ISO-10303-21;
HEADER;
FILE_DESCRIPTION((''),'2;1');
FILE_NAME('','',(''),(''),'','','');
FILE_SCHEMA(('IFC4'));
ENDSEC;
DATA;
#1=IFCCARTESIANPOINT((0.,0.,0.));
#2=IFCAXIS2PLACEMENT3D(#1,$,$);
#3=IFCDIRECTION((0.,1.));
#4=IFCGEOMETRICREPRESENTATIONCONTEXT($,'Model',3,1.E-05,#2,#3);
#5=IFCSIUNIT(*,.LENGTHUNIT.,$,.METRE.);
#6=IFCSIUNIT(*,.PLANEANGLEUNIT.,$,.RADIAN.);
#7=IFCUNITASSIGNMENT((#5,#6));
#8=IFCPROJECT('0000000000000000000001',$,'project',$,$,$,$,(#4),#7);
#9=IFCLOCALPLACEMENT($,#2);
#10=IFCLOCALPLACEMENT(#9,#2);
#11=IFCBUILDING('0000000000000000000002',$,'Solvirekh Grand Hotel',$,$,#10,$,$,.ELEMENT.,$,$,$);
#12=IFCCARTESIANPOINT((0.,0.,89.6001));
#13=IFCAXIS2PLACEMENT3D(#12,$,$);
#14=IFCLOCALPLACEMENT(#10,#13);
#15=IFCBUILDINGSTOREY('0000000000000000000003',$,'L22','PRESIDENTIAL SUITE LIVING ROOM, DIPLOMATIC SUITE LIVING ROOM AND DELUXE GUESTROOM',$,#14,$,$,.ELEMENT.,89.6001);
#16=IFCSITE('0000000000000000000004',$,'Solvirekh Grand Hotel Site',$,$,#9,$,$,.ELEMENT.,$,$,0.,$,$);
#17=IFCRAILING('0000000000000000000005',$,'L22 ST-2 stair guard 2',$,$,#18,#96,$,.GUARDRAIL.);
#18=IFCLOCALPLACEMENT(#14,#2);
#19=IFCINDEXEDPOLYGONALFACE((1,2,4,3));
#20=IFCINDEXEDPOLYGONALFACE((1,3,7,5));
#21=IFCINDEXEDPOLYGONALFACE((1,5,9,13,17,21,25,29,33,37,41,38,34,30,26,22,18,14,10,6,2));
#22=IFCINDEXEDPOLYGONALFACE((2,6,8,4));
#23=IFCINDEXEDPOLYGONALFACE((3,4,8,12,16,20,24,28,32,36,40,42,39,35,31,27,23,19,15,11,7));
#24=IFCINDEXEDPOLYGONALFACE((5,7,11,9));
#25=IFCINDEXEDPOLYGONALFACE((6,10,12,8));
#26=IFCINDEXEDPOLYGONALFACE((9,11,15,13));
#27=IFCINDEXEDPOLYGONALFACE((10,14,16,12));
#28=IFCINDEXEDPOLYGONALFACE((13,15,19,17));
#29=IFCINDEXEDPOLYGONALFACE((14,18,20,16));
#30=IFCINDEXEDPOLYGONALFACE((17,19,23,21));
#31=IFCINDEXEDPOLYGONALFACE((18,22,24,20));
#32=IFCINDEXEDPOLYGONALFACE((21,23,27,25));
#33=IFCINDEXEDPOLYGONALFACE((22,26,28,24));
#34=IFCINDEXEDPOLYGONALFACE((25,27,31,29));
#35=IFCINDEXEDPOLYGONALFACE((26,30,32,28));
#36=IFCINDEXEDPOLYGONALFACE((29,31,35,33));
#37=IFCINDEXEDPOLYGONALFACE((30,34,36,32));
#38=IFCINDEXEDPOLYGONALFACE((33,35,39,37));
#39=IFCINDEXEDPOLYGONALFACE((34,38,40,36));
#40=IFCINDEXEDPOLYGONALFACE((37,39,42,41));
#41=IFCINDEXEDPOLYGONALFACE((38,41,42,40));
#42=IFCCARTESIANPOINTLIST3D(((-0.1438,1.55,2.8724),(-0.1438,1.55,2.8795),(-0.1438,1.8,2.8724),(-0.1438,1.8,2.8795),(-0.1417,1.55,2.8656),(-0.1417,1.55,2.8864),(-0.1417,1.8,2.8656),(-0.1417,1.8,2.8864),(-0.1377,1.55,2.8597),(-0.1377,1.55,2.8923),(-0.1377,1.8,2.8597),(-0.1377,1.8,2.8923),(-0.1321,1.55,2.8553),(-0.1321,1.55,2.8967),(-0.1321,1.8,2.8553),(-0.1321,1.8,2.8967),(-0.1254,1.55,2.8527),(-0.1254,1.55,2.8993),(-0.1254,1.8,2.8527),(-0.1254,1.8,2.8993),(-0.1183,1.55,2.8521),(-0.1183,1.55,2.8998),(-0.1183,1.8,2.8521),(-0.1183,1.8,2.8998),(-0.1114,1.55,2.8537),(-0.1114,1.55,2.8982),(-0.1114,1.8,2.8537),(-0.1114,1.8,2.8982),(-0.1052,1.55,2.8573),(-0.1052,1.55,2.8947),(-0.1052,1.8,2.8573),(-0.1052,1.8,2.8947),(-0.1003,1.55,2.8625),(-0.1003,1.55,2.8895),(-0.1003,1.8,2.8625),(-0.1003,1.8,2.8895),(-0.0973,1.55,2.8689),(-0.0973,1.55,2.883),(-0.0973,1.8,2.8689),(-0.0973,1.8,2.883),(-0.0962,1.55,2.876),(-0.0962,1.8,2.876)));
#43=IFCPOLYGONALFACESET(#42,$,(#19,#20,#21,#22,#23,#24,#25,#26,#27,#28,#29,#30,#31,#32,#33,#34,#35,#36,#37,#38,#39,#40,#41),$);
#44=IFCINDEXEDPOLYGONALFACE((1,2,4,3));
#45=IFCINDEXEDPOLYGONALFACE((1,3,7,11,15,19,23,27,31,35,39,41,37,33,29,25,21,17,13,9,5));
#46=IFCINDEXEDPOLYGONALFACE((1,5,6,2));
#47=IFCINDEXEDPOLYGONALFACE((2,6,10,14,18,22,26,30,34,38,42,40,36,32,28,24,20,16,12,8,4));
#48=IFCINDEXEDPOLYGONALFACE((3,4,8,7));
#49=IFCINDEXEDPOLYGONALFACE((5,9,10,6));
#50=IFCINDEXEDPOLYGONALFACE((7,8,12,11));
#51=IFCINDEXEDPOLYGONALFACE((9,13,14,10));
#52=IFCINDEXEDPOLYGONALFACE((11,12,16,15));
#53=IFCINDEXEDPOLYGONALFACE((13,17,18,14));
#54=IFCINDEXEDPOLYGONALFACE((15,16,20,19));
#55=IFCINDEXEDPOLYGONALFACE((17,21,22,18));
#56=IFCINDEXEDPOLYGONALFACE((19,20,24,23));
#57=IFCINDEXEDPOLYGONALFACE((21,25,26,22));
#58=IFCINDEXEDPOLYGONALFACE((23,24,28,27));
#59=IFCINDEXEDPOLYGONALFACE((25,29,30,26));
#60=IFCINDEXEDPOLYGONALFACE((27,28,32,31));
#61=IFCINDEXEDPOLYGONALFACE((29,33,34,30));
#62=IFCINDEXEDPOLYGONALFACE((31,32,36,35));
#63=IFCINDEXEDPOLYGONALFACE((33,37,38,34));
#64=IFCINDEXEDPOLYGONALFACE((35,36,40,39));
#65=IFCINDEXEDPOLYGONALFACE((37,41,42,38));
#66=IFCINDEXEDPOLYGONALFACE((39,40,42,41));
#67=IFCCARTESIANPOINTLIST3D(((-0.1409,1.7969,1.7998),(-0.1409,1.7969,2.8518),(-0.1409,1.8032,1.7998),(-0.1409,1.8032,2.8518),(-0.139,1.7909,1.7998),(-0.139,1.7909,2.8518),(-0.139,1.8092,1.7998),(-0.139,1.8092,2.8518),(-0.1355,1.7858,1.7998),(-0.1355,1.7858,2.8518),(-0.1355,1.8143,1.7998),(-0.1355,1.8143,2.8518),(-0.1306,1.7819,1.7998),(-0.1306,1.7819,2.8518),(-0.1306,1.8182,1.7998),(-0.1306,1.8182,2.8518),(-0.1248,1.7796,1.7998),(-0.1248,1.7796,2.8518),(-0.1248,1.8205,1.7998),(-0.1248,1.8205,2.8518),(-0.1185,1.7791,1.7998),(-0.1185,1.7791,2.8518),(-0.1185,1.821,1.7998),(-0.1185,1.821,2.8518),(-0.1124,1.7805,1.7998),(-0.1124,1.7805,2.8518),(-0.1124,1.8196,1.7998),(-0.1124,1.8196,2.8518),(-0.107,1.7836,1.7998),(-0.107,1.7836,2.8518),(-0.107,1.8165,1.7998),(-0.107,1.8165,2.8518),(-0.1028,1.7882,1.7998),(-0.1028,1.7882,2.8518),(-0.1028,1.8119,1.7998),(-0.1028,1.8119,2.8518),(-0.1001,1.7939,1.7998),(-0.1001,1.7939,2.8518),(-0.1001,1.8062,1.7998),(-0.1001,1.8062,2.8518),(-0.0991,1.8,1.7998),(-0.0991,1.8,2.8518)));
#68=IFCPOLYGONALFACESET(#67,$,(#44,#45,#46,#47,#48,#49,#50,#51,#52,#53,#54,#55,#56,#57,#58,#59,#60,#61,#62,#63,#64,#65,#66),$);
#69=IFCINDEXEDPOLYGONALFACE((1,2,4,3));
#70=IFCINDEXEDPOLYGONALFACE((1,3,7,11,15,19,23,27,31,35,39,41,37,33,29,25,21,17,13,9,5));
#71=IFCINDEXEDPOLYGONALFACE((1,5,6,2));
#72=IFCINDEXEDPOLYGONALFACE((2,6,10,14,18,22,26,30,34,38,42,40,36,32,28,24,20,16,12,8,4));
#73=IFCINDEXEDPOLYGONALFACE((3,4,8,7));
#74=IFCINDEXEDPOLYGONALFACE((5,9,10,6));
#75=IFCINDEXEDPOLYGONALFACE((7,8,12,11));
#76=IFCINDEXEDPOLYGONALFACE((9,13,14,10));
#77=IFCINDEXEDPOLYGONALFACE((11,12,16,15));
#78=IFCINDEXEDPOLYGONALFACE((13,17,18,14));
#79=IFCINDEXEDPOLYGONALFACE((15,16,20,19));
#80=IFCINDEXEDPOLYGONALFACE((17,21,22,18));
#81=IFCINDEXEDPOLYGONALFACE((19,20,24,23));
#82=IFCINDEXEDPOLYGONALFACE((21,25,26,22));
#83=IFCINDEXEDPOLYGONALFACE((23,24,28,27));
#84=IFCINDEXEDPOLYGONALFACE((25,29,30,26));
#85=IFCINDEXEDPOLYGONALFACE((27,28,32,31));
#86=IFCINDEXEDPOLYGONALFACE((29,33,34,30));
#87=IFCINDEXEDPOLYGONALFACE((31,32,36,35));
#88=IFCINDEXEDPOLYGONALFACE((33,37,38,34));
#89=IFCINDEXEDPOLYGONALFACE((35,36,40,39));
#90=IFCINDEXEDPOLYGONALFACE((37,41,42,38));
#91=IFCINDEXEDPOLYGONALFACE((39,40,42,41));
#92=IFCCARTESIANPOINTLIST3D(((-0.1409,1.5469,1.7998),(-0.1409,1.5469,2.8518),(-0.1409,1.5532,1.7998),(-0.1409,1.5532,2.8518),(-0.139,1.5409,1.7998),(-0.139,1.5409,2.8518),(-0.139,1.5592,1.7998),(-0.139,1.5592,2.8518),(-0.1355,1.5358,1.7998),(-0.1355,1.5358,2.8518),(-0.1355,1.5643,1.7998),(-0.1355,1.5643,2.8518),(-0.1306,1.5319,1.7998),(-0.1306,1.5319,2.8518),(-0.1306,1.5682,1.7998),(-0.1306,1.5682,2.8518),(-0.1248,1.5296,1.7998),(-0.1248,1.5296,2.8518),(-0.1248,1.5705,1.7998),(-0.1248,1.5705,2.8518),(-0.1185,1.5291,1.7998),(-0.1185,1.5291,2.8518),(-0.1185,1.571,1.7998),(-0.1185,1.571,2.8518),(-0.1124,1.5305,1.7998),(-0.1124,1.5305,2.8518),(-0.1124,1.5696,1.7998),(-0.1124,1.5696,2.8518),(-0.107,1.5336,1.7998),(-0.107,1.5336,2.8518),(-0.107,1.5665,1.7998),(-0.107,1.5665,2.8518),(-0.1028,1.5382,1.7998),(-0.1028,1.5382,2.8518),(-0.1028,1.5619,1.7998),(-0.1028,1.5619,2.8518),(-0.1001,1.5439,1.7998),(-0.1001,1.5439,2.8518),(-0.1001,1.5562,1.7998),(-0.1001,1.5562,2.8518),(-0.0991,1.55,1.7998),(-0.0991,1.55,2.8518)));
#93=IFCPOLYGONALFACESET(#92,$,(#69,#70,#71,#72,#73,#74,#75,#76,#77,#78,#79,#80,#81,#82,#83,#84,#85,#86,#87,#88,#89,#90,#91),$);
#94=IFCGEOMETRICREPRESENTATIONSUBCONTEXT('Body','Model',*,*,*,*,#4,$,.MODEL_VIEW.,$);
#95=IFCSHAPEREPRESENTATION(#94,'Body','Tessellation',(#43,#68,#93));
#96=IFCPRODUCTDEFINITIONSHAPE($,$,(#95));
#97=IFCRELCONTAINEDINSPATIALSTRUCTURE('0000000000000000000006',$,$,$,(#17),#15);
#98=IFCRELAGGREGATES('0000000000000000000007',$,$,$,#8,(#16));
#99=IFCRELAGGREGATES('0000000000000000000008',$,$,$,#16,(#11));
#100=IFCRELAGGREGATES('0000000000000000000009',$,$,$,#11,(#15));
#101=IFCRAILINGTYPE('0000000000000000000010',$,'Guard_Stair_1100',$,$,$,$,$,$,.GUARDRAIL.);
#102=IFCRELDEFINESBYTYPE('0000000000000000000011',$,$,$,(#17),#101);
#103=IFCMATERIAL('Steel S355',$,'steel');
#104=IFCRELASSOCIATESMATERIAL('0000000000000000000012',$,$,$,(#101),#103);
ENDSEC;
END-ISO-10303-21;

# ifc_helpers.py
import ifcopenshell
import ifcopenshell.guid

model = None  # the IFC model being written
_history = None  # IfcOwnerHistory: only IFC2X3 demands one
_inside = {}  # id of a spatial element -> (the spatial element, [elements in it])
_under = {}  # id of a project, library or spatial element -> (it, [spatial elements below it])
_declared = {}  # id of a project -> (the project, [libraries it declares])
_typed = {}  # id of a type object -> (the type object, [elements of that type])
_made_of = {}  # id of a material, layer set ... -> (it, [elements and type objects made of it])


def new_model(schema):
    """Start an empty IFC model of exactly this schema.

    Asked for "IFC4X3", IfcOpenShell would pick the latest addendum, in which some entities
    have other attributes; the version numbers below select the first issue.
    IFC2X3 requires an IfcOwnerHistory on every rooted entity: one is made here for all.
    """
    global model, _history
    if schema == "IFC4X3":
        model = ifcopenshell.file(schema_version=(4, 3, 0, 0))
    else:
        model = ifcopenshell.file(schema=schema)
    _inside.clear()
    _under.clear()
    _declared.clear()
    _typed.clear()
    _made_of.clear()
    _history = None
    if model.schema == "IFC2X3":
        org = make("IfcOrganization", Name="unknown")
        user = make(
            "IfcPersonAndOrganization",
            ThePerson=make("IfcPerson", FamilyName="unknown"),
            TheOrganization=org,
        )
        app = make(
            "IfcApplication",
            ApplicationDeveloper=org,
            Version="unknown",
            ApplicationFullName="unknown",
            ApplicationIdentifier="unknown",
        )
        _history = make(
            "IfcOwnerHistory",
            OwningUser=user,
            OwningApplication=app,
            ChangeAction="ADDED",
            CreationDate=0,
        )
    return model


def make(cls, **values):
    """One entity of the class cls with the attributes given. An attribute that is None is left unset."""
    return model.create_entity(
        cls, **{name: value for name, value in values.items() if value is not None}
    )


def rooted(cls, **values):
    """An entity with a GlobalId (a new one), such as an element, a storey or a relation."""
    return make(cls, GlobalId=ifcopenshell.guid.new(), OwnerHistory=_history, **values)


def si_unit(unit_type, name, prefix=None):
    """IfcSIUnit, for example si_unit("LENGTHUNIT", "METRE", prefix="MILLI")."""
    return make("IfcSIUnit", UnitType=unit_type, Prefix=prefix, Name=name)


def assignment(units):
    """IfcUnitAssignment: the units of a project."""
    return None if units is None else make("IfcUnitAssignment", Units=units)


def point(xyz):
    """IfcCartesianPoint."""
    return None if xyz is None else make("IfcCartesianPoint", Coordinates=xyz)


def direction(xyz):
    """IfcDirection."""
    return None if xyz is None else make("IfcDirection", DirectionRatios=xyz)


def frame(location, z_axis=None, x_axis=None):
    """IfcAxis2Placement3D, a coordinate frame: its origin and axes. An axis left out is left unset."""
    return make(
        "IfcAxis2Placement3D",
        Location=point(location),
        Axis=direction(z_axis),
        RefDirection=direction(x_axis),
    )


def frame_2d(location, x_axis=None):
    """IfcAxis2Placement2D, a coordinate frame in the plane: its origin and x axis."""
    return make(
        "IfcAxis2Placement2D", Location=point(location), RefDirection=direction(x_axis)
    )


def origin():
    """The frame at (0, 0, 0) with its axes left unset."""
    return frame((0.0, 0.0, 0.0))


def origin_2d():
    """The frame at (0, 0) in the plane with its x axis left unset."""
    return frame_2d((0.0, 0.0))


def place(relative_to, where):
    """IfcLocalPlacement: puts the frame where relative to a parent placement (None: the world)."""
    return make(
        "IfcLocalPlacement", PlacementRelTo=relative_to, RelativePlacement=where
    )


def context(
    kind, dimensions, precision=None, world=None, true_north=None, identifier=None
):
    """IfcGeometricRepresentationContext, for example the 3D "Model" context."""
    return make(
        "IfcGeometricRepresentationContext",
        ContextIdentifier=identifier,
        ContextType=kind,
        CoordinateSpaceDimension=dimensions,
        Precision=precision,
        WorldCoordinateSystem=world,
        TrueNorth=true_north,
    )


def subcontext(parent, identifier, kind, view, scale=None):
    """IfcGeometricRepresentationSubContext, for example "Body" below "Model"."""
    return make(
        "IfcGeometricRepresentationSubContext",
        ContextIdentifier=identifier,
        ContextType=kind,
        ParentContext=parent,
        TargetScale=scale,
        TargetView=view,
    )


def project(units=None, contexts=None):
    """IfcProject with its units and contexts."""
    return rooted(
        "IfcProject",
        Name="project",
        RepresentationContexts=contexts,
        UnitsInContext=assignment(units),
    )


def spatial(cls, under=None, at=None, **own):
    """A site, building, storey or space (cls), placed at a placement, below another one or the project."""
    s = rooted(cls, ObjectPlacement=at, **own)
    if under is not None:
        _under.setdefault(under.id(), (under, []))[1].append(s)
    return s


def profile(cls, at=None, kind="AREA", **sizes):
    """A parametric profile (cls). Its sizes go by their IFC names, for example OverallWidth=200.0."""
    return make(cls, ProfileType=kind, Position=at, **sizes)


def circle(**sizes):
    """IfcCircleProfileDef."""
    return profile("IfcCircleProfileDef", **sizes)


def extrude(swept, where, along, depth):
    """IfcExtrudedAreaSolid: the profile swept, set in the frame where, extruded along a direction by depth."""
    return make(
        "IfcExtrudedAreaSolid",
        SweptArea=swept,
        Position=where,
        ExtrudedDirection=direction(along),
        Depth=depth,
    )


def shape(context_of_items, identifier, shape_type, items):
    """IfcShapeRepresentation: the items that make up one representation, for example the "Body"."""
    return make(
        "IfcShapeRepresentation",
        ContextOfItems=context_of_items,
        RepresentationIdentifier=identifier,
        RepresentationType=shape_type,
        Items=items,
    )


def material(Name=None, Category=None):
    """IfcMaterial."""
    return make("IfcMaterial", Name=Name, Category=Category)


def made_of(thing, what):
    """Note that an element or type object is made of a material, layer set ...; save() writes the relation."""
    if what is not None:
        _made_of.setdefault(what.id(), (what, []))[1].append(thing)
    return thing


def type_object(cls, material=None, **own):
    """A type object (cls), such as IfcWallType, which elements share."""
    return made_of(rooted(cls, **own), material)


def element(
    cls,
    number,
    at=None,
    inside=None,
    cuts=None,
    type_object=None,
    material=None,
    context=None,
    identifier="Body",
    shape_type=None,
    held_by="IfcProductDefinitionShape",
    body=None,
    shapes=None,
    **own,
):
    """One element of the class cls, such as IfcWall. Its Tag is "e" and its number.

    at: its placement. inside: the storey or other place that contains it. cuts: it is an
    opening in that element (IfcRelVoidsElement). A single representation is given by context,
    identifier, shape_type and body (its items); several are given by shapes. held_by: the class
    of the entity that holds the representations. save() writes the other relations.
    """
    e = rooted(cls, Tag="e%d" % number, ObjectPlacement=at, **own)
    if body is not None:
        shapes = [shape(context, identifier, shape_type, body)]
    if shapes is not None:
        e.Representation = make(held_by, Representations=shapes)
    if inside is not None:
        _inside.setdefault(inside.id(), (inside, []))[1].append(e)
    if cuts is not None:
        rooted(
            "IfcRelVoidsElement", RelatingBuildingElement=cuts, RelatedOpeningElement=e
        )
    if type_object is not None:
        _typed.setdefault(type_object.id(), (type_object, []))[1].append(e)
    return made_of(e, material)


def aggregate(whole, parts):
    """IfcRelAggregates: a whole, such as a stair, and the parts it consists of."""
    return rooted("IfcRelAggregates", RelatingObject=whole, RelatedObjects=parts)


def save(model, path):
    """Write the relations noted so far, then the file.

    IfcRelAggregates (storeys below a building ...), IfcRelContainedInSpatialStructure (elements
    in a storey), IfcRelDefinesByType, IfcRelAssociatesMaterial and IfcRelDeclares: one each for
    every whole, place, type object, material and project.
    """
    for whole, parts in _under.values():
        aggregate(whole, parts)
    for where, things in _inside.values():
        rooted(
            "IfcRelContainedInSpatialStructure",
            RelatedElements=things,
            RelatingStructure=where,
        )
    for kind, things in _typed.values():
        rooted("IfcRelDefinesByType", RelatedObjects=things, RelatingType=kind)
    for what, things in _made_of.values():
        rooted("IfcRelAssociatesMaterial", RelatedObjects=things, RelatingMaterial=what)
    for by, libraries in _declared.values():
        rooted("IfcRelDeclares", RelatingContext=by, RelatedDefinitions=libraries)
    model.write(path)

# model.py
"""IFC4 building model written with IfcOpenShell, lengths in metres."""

from ifc_helpers import new_model, si_unit, direction, frame, origin, origin_2d, place, context, subcontext, project, spatial, circle, extrude, material, type_object, element, save


model = new_model("IFC4")

# Units and contexts
model_context = context("Model", 3, precision=1e-05, world=origin(), true_north=direction((0.0, 1.0)))
body_context = subcontext(model_context, "Body", "Model", "MODEL_VIEW")
ifc_project = project(units=[si_unit("LENGTHUNIT", "METRE"), si_unit("PLANEANGLEUNIT", "RADIAN")], contexts=[model_context])

# Site, building, storey
site_placement = place(None, origin())
site = spatial("IfcSite", under=ifc_project, at=site_placement, Name="Solvirekh Grand Hotel Site", CompositionType="ELEMENT", RefElevation=0.0)
building_placement = place(site_placement, origin())
building = spatial("IfcBuilding", under=site, at=building_placement, Name="Solvirekh Grand Hotel", CompositionType="ELEMENT")
storey_placement = place(building_placement, frame((0.0, 0.0, 89.6001)))
storey = spatial("IfcBuildingStorey", under=building, at=storey_placement, Name="L22", Description="PRESIDENTIAL SUITE LIVING ROOM, DIPLOMATIC SUITE LIVING ROOM AND DELUXE GUESTROOM", CompositionType="ELEMENT", Elevation=89.6001)

# Railing
ifc_material_1 = material(Name="Steel S355", Category="steel")
railing_type_1 = type_object("IfcRailingType", Name="Guard_Stair_1100", PredefinedType="GUARDRAIL", material=ifc_material_1)
railing_1_placement = place(storey_placement, frame((-0.1201, 1.8, 1.7998)))
element("IfcRailing", 1, at=railing_1_placement, inside=storey, type_object=railing_type_1, Name="L22 ST-2 stair guard 2", PredefinedType="GUARDRAIL", context=body_context, shape_type="SweptSolid", body=[
    extrude(circle(Radius=0.0239, at=origin_2d()), frame((0.0, 0.0, 1.0762), z_axis=(0.0, -1.0, 0.0), x_axis=(1.0, 0.0, 0.0)), (0.0, 0.0, 1.0), 0.25),
    extrude(circle(Radius=0.021, at=origin_2d()), origin(), (0.0, 0.0, 1.0), 1.052),
    extrude(circle(Radius=0.021, at=origin_2d()), frame((0.0, -0.25, 0.0)), (0.0, 0.0, 1.0), 1.052),
])

save(model, "model.ifc")
